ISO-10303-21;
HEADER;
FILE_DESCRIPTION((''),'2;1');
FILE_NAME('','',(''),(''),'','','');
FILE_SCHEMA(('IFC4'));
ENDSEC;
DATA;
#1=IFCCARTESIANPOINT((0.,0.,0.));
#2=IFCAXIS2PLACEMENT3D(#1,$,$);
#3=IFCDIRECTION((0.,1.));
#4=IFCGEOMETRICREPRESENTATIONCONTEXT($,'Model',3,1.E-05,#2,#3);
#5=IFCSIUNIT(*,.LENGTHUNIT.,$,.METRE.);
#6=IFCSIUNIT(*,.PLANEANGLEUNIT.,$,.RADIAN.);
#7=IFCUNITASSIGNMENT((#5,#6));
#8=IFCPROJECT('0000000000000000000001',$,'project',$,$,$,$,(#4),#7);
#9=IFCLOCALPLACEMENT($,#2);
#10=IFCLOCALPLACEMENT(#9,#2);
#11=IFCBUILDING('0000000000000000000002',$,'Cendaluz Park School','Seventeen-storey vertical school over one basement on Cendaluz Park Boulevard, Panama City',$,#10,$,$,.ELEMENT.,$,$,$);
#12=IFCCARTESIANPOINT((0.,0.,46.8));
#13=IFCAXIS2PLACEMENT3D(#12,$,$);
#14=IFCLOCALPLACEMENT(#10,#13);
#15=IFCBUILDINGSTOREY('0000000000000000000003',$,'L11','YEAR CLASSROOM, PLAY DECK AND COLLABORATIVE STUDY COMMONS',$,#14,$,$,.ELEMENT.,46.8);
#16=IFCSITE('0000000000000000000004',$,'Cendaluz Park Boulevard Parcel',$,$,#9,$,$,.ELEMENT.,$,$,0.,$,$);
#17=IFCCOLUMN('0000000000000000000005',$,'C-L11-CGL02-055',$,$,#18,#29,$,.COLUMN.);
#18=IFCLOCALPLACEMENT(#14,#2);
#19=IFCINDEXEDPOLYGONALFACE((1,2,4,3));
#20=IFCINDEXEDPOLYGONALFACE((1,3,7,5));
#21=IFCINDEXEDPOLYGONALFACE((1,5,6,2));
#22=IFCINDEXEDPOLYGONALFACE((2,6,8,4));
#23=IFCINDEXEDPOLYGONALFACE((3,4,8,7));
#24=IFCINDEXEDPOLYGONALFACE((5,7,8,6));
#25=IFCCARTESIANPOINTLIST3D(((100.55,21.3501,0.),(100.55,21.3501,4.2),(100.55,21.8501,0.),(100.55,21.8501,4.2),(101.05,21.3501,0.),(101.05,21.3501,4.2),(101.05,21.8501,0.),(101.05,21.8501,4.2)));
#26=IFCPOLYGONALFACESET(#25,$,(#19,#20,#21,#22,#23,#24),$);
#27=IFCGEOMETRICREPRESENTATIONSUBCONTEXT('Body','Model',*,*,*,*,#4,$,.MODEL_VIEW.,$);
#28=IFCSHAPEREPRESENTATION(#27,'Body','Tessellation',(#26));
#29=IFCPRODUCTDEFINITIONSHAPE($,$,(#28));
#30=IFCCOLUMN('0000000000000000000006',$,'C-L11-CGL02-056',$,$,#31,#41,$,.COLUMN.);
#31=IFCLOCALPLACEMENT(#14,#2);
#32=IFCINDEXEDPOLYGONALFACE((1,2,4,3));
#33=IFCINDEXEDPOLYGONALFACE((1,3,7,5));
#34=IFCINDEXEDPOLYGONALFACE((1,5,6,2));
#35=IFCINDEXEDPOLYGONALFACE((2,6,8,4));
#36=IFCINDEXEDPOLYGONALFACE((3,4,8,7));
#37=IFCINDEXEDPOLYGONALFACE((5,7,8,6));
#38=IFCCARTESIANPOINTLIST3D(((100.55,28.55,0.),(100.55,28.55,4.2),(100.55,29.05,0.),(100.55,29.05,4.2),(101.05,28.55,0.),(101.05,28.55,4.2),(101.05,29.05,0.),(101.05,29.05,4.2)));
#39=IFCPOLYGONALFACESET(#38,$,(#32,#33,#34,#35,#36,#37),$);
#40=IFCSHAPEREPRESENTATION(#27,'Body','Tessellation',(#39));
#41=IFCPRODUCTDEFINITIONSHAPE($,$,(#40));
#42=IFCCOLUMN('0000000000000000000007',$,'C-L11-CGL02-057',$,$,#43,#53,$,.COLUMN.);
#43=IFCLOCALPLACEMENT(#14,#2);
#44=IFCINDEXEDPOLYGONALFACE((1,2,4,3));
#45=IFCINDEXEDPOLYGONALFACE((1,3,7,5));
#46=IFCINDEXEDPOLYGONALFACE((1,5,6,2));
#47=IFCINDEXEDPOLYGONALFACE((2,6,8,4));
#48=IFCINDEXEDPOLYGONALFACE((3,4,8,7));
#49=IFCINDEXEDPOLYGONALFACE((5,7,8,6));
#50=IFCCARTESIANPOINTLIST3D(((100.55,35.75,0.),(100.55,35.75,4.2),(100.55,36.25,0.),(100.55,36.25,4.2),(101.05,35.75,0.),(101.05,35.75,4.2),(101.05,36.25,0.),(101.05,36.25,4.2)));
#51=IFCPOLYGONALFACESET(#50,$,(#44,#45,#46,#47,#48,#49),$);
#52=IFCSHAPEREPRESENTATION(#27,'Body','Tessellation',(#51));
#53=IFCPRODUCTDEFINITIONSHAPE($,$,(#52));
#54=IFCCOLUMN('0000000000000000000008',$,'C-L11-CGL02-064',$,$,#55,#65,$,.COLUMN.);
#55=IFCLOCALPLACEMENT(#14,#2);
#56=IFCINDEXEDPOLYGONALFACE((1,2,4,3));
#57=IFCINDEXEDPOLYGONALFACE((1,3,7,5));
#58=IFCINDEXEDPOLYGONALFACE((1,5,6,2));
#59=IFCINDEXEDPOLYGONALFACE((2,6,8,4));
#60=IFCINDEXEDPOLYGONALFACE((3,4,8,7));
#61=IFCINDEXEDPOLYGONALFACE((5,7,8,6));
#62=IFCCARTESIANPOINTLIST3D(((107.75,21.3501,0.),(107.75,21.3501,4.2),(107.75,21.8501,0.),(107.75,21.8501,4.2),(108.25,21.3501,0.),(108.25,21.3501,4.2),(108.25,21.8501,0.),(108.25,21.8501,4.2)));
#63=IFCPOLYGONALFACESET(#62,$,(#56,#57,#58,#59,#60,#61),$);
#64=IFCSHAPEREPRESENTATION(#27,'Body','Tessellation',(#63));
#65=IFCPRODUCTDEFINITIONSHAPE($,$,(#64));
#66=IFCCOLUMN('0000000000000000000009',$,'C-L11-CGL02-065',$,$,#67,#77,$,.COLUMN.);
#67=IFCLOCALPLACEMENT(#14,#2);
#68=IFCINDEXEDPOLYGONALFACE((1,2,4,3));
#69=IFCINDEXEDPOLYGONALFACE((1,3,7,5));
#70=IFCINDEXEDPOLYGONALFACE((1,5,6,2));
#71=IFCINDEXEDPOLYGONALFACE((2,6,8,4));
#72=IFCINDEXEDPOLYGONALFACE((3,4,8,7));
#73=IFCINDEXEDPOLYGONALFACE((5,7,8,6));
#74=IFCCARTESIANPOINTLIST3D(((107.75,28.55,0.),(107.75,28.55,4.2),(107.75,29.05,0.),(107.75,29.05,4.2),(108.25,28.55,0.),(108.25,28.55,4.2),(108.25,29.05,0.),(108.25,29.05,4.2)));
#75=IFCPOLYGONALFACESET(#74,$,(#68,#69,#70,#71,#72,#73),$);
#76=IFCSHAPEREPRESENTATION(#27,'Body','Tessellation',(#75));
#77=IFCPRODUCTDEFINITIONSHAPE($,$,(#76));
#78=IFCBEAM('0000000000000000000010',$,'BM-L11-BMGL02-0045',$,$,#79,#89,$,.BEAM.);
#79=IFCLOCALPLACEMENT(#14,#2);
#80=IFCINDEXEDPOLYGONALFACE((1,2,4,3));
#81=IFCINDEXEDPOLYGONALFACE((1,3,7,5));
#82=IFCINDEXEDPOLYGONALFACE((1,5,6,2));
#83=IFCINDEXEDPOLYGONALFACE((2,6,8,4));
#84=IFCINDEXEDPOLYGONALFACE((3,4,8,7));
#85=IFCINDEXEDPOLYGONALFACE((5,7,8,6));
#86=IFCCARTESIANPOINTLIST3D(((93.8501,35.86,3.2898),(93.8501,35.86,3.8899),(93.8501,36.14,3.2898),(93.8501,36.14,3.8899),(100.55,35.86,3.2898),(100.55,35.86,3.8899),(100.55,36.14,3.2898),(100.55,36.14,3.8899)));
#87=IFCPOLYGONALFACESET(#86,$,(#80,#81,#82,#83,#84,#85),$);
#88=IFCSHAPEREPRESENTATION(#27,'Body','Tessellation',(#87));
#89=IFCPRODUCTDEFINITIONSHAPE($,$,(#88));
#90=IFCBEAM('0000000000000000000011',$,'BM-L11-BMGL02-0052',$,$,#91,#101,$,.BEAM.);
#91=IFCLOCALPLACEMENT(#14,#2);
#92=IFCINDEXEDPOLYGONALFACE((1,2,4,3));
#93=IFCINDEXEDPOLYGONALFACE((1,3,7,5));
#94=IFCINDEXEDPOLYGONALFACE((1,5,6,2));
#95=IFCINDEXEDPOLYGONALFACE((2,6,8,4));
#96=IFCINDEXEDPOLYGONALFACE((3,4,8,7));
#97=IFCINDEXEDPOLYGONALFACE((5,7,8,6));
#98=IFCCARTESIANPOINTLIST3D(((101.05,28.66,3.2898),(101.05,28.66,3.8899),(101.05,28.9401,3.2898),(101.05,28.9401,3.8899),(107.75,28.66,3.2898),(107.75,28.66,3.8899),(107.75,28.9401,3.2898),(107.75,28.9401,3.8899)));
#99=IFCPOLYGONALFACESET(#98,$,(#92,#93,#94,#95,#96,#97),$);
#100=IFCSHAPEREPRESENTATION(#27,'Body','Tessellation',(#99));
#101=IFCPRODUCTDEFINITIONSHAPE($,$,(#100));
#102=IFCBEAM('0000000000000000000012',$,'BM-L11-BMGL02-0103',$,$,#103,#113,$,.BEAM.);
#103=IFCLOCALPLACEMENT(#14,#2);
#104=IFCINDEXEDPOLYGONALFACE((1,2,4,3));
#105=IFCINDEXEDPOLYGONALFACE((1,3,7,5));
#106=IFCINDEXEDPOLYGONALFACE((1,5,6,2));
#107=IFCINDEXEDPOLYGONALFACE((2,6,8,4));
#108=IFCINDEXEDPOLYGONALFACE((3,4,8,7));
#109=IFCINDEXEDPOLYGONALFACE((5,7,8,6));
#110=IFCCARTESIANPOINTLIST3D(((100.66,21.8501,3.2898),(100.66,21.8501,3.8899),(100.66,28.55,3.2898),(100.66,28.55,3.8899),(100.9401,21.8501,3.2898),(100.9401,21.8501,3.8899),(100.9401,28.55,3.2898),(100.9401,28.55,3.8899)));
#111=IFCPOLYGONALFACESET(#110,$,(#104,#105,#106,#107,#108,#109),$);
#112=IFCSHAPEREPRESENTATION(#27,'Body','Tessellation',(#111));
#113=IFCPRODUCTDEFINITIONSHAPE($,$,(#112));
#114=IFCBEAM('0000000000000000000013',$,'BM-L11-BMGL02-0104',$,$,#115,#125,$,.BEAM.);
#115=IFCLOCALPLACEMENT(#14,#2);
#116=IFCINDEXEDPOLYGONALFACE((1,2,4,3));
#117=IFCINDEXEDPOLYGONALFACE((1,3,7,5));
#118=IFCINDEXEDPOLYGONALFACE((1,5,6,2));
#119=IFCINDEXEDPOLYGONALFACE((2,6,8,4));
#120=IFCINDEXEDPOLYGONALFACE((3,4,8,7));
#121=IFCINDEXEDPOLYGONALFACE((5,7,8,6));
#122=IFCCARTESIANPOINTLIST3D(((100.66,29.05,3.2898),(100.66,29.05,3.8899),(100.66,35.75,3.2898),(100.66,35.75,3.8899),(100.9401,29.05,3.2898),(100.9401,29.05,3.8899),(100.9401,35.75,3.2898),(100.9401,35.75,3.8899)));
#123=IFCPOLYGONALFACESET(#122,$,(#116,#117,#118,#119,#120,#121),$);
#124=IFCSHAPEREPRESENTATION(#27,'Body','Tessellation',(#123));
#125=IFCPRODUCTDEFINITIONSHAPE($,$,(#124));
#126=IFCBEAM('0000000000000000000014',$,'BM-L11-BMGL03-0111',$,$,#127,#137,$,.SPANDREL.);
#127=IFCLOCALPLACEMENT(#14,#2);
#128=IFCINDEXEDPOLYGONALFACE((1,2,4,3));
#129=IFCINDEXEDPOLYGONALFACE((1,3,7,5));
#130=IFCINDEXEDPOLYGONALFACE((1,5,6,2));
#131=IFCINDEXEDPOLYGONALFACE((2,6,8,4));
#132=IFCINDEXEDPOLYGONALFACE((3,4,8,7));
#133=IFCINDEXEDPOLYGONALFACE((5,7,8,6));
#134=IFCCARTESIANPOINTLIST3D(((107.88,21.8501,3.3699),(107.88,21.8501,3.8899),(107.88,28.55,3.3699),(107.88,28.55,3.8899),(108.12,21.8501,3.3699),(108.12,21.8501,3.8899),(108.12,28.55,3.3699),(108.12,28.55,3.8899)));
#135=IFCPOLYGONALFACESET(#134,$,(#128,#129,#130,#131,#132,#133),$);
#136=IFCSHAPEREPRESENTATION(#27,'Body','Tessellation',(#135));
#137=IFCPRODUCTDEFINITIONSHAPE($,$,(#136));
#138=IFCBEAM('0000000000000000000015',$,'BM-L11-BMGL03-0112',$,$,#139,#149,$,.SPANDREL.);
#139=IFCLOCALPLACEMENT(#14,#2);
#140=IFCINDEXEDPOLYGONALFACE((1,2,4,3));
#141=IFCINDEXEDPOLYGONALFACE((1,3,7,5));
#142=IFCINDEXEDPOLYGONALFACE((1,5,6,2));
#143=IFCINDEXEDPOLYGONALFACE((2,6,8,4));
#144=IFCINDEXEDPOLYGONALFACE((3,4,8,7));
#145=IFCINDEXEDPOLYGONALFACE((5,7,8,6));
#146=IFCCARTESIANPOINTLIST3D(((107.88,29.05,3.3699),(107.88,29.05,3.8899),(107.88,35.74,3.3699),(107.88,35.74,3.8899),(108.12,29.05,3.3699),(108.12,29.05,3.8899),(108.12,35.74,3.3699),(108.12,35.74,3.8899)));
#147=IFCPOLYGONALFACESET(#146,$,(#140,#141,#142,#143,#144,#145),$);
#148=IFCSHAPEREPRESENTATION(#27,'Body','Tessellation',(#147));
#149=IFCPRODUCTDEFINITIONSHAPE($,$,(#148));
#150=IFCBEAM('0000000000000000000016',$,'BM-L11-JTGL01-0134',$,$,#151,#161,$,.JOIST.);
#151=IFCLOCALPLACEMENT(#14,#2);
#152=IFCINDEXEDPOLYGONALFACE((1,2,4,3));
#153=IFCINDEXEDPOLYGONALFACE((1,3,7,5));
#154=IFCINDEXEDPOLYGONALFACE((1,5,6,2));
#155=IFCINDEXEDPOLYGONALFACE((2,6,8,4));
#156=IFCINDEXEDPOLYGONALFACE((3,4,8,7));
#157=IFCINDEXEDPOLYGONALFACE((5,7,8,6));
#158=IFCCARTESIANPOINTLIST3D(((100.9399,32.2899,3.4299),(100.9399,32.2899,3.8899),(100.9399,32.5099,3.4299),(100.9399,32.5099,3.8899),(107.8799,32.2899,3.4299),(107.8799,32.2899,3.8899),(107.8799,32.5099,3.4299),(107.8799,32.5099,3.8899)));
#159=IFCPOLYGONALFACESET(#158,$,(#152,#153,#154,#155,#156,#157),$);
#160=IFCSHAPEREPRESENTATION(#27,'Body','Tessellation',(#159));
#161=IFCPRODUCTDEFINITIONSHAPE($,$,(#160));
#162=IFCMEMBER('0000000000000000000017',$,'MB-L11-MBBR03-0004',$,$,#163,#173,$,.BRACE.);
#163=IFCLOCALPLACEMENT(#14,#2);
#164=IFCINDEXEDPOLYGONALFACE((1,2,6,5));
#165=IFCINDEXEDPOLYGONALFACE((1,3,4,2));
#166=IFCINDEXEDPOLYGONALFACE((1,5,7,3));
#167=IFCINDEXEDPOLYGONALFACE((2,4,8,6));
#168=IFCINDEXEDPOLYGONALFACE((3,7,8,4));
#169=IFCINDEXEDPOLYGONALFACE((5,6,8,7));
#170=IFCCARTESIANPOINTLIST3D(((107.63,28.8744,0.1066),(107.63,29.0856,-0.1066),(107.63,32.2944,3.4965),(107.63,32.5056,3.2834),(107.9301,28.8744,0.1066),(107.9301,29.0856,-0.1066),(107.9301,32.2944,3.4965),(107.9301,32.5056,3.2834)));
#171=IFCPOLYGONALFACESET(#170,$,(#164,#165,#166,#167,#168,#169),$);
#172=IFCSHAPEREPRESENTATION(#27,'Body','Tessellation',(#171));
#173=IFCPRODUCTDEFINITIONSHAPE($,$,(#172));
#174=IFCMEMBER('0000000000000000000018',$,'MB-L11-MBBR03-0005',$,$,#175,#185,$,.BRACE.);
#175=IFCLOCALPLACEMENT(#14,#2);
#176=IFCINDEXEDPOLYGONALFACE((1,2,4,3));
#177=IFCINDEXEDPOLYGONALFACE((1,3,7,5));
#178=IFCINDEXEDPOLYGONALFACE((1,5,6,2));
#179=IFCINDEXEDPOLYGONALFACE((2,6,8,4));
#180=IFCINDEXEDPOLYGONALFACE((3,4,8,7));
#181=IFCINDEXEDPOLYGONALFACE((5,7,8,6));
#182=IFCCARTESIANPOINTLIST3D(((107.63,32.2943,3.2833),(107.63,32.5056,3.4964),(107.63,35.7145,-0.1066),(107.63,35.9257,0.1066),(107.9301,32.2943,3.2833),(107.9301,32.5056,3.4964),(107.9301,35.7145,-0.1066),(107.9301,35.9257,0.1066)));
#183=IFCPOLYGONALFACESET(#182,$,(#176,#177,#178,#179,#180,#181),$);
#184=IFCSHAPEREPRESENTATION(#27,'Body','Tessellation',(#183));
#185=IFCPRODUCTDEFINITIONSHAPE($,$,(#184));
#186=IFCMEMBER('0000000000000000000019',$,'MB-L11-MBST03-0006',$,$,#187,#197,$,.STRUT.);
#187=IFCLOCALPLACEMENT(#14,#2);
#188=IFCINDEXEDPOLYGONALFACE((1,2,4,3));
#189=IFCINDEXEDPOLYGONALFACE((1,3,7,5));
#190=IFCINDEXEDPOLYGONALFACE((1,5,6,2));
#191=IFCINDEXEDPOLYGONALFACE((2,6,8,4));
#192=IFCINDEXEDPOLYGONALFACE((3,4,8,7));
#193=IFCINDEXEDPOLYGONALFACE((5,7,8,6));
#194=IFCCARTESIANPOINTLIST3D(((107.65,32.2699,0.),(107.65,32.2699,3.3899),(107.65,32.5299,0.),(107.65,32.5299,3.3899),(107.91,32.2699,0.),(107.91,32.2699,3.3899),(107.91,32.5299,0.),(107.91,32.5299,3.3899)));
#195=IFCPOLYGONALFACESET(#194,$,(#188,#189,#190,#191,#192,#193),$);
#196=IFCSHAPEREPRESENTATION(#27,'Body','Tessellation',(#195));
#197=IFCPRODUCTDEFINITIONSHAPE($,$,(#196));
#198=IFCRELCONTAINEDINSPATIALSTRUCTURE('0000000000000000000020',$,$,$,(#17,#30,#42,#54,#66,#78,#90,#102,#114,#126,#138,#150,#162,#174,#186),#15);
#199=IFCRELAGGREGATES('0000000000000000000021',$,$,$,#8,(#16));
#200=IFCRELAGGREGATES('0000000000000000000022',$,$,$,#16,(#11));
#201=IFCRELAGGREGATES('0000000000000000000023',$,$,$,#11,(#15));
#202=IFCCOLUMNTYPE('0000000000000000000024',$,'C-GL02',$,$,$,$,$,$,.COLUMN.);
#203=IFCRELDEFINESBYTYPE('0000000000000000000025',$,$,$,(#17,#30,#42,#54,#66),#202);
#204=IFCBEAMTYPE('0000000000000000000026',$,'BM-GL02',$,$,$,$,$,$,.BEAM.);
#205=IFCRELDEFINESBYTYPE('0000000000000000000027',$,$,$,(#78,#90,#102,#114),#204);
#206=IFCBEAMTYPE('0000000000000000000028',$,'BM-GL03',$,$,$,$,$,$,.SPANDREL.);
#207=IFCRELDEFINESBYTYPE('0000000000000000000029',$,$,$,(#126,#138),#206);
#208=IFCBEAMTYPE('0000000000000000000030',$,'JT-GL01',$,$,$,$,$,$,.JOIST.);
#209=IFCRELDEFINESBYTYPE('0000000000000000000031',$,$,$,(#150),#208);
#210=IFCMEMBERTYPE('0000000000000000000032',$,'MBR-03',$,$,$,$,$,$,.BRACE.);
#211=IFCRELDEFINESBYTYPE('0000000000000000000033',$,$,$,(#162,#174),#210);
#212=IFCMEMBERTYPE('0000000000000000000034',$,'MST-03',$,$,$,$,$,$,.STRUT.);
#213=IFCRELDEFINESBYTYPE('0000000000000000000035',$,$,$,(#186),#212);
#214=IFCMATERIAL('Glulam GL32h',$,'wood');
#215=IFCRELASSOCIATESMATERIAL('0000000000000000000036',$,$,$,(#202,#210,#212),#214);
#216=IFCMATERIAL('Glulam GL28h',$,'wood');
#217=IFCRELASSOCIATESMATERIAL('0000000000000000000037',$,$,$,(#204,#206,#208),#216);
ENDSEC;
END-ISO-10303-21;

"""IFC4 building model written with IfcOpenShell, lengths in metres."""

from ifc_helpers import new_model, si_unit, direction, frame, origin, origin_2d, place, context, subcontext, project, spatial, rectangle, extrude, material, material_profile, profile_set, type_object, element, save


model = new_model("IFC4")

# Units and contexts
model_context = context("Model", 3, precision=1e-05, world=origin(), true_north=direction((0.0, 1.0)))
body_context = subcontext(model_context, "Body", "Model", "MODEL_VIEW")
ifc_project = project(units=[si_unit("LENGTHUNIT", "METRE"), si_unit("PLANEANGLEUNIT", "RADIAN")], contexts=[model_context])

# Site, building, storey
site_placement = place(None, origin())
site = spatial("IfcSite", under=ifc_project, at=site_placement, Name="Cendaluz Park Boulevard Parcel", CompositionType="ELEMENT", RefElevation=0.0)
building_placement = place(site_placement, origin())
building = spatial("IfcBuilding", under=site, at=building_placement, Name="Cendaluz Park School", Description="Seventeen-storey vertical school over one basement on Cendaluz Park Boulevard, Panama City", CompositionType="ELEMENT")
storey_placement = place(building_placement, frame((0.0, 0.0, 46.8)))
storey = spatial("IfcBuildingStorey", under=building, at=storey_placement, Name="L11", Description="YEAR CLASSROOM, PLAY DECK AND COLLABORATIVE STUDY COMMONS", CompositionType="ELEMENT", Elevation=46.8)

# Columns
ifc_material_1 = material(Name="Glulam GL32h", Category="wood")
ifc_material_profile_1 = material_profile(ifc_material_1, rectangle(XDim=0.5, YDim=0.5, at=origin_2d()), Name="GL32h 500x500", Category="wood")
ifc_profile_set_1 = profile_set([ifc_material_profile_1], Name="Glulam GL32h")
column_type = type_object("IfcColumnType", Name="C-GL02", PredefinedType="COLUMN", material=ifc_profile_set_1)
for number, where, z_axis, x_axis, name in (
    (1, (100.8, 21.6001, 0.0), (0.0, 0.0, 1.0), (1.0, 0.0, 0.0), "C-L11-CGL02-055"),
    (2, (100.8, 28.8, 0.0), (0.0, 0.0, 1.0), (1.0, 0.0, 0.0), "C-L11-CGL02-056"),
    (3, (100.8, 36.0, 0.0), (0.0, 0.0, 1.0), (1.0, 0.0, 0.0), "C-L11-CGL02-057"),
    (4, (108.0, 21.6001, 0.0), (0.0, 0.0, 1.0), (1.0, 0.0, 0.0), "C-L11-CGL02-064"),
    (5, (108.0, 28.8, 0.0), (0.0, 0.0, 1.0), (1.0, 0.0, 0.0), "C-L11-CGL02-065"),
):
    element("IfcColumn", number, at=place(storey_placement, frame(where, z_axis=z_axis, x_axis=x_axis)), inside=storey, type_object=column_type, Name=name, PredefinedType="COLUMN", context=body_context, shape_type="SweptSolid", body=[
        extrude(rectangle(XDim=0.5, YDim=0.5, at=origin_2d()), origin(), (0.0, 0.0, 1.0), 4.2),
    ])

# Beams
ifc_material_2 = material(Name="Glulam GL28h", Category="wood")
ifc_material_profile_2 = material_profile(ifc_material_2, rectangle(XDim=0.28, YDim=0.6001, at=origin_2d()), Name="GL28h 280x600", Category="wood")
ifc_profile_set_2 = profile_set([ifc_material_profile_2], Name="Glulam GL28h")
beam_type_1 = type_object("IfcBeamType", Name="BM-GL02", PredefinedType="BEAM", material=ifc_profile_set_2)
for number, where, z_axis, x_axis, name in (
    (6, (93.8501, 36.0, 3.5898), (1.0, 0.0, 0.0), (0.0, 1.0, 0.0), "BM-L11-BMGL02-0045"),
    (7, (101.05, 28.8, 3.5898), (1.0, 0.0, 0.0), (0.0, 1.0, 0.0), "BM-L11-BMGL02-0052"),
    (8, (100.8, 21.8501, 3.5898), (0.0, 1.0, 0.0), (-1.0, 0.0, 0.0), "BM-L11-BMGL02-0103"),
    (9, (100.8, 29.05, 3.5898), (0.0, 1.0, 0.0), (-1.0, 0.0, 0.0), "BM-L11-BMGL02-0104"),
):
    element("IfcBeam", number, at=place(storey_placement, frame(where, z_axis=z_axis, x_axis=x_axis)), inside=storey, type_object=beam_type_1, Name=name, PredefinedType="BEAM", context=body_context, shape_type="SweptSolid", body=[
        extrude(rectangle(XDim=0.28, YDim=0.6001, at=origin_2d()), origin(), (0.0, 0.0, 1.0), 6.7),
    ])
ifc_material_profile_3 = material_profile(ifc_material_2, rectangle(XDim=0.24, YDim=0.52, at=origin_2d()), Name="GL28h 240x520", Category="wood")
ifc_profile_set_3 = profile_set([ifc_material_profile_3], Name="Glulam GL28h")
beam_type_2 = type_object("IfcBeamType", Name="BM-GL03", PredefinedType="SPANDREL", material=ifc_profile_set_3)
beam_1_placement = place(storey_placement, frame((108.0, 21.8501, 3.6299), z_axis=(0.0, 1.0, 0.0), x_axis=(-1.0, 0.0, 0.0)))
element("IfcBeam", 10, at=beam_1_placement, inside=storey, type_object=beam_type_2, Name="BM-L11-BMGL03-0111", PredefinedType="SPANDREL", context=body_context, shape_type="SweptSolid", body=[
    extrude(rectangle(XDim=0.24, YDim=0.52, at=origin_2d()), origin(), (0.0, 0.0, 1.0), 6.7),
])
beam_2_placement = place(storey_placement, frame((108.0, 29.05, 3.6299), z_axis=(0.0, 1.0, 0.0), x_axis=(-1.0, 0.0, 0.0)))
element("IfcBeam", 11, at=beam_2_placement, inside=storey, type_object=beam_type_2, Name="BM-L11-BMGL03-0112", PredefinedType="SPANDREL", context=body_context, shape_type="SweptSolid", body=[
    extrude(rectangle(XDim=0.24, YDim=0.52, at=origin_2d()), origin(), (0.0, 0.0, 1.0), 6.6899),
])
ifc_material_profile_4 = material_profile(ifc_material_2, rectangle(XDim=0.22, YDim=0.46, at=origin_2d()), Name="GL28h 220x460", Category="wood")
ifc_profile_set_4 = profile_set([ifc_material_profile_4], Name="Glulam GL28h")
beam_type_3 = type_object("IfcBeamType", Name="JT-GL01", PredefinedType="JOIST", material=ifc_profile_set_4)
beam_3_placement = place(storey_placement, frame((100.9399, 32.3999, 3.6599), z_axis=(1.0, 0.0, 0.0), x_axis=(0.0, 1.0, 0.0)))
element("IfcBeam", 12, at=beam_3_placement, inside=storey, type_object=beam_type_3, Name="BM-L11-JTGL01-0134", PredefinedType="JOIST", context=body_context, shape_type="SweptSolid", body=[
    extrude(rectangle(XDim=0.22, YDim=0.46, at=origin_2d()), origin(), (0.0, 0.0, 1.0), 6.9399),
])

# Members
ifc_material_profile_5 = material_profile(ifc_material_1, rectangle(XDim=0.3, YDim=0.3, at=origin_2d()), Name="GL32h 300x300", Category="wood")
ifc_profile_set_5 = profile_set([ifc_material_profile_5], Name="Glulam GL32h")
member_type_1 = type_object("IfcMemberType", Name="MBR-03", PredefinedType="BRACE", material=ifc_profile_set_5)
for number, where, z_axis, x_axis, name in (
    (13, (107.78, 28.98, 0.0), (0.0, 0.710218, 0.703982), (-1.0, 0.0, 0.0), "MB-L11-MBBR03-0004"),
    (14, (107.78, 35.8201, 0.0), (0.0, -0.710243, 0.703956), (1.0, 0.0, 0.0), "MB-L11-MBBR03-0005"),
):
    element("IfcMember", number, at=place(storey_placement, frame(where, z_axis=z_axis, x_axis=x_axis)), inside=storey, type_object=member_type_1, Name=name, PredefinedType="BRACE", context=body_context, shape_type="SweptSolid", body=[
        extrude(rectangle(XDim=0.3, YDim=0.3, at=origin_2d()), origin(), (0.0, 0.0, 1.0), 4.8154),
    ])
ifc_material_profile_6 = material_profile(ifc_material_1, rectangle(XDim=0.26, YDim=0.26, at=origin_2d()), Name="GL32h 260x260", Category="wood")
ifc_profile_set_6 = profile_set([ifc_material_profile_6], Name="Glulam GL32h")
member_type_2 = type_object("IfcMemberType", Name="MST-03", PredefinedType="STRUT", material=ifc_profile_set_6)
member_placement = place(storey_placement, frame((107.78, 32.3999, 0.0), z_axis=(0.0, 0.0, 1.0), x_axis=(1.0, 0.0, 0.0)))
element("IfcMember", 15, at=member_placement, inside=storey, type_object=member_type_2, Name="MB-L11-MBST03-0006", PredefinedType="STRUT", context=body_context, shape_type="SweptSolid", body=[
    extrude(rectangle(XDim=0.26, YDim=0.26, at=origin_2d()), origin(), (0.0, 0.0, 1.0), 3.3899),
])

save(model, "model.ifc")
